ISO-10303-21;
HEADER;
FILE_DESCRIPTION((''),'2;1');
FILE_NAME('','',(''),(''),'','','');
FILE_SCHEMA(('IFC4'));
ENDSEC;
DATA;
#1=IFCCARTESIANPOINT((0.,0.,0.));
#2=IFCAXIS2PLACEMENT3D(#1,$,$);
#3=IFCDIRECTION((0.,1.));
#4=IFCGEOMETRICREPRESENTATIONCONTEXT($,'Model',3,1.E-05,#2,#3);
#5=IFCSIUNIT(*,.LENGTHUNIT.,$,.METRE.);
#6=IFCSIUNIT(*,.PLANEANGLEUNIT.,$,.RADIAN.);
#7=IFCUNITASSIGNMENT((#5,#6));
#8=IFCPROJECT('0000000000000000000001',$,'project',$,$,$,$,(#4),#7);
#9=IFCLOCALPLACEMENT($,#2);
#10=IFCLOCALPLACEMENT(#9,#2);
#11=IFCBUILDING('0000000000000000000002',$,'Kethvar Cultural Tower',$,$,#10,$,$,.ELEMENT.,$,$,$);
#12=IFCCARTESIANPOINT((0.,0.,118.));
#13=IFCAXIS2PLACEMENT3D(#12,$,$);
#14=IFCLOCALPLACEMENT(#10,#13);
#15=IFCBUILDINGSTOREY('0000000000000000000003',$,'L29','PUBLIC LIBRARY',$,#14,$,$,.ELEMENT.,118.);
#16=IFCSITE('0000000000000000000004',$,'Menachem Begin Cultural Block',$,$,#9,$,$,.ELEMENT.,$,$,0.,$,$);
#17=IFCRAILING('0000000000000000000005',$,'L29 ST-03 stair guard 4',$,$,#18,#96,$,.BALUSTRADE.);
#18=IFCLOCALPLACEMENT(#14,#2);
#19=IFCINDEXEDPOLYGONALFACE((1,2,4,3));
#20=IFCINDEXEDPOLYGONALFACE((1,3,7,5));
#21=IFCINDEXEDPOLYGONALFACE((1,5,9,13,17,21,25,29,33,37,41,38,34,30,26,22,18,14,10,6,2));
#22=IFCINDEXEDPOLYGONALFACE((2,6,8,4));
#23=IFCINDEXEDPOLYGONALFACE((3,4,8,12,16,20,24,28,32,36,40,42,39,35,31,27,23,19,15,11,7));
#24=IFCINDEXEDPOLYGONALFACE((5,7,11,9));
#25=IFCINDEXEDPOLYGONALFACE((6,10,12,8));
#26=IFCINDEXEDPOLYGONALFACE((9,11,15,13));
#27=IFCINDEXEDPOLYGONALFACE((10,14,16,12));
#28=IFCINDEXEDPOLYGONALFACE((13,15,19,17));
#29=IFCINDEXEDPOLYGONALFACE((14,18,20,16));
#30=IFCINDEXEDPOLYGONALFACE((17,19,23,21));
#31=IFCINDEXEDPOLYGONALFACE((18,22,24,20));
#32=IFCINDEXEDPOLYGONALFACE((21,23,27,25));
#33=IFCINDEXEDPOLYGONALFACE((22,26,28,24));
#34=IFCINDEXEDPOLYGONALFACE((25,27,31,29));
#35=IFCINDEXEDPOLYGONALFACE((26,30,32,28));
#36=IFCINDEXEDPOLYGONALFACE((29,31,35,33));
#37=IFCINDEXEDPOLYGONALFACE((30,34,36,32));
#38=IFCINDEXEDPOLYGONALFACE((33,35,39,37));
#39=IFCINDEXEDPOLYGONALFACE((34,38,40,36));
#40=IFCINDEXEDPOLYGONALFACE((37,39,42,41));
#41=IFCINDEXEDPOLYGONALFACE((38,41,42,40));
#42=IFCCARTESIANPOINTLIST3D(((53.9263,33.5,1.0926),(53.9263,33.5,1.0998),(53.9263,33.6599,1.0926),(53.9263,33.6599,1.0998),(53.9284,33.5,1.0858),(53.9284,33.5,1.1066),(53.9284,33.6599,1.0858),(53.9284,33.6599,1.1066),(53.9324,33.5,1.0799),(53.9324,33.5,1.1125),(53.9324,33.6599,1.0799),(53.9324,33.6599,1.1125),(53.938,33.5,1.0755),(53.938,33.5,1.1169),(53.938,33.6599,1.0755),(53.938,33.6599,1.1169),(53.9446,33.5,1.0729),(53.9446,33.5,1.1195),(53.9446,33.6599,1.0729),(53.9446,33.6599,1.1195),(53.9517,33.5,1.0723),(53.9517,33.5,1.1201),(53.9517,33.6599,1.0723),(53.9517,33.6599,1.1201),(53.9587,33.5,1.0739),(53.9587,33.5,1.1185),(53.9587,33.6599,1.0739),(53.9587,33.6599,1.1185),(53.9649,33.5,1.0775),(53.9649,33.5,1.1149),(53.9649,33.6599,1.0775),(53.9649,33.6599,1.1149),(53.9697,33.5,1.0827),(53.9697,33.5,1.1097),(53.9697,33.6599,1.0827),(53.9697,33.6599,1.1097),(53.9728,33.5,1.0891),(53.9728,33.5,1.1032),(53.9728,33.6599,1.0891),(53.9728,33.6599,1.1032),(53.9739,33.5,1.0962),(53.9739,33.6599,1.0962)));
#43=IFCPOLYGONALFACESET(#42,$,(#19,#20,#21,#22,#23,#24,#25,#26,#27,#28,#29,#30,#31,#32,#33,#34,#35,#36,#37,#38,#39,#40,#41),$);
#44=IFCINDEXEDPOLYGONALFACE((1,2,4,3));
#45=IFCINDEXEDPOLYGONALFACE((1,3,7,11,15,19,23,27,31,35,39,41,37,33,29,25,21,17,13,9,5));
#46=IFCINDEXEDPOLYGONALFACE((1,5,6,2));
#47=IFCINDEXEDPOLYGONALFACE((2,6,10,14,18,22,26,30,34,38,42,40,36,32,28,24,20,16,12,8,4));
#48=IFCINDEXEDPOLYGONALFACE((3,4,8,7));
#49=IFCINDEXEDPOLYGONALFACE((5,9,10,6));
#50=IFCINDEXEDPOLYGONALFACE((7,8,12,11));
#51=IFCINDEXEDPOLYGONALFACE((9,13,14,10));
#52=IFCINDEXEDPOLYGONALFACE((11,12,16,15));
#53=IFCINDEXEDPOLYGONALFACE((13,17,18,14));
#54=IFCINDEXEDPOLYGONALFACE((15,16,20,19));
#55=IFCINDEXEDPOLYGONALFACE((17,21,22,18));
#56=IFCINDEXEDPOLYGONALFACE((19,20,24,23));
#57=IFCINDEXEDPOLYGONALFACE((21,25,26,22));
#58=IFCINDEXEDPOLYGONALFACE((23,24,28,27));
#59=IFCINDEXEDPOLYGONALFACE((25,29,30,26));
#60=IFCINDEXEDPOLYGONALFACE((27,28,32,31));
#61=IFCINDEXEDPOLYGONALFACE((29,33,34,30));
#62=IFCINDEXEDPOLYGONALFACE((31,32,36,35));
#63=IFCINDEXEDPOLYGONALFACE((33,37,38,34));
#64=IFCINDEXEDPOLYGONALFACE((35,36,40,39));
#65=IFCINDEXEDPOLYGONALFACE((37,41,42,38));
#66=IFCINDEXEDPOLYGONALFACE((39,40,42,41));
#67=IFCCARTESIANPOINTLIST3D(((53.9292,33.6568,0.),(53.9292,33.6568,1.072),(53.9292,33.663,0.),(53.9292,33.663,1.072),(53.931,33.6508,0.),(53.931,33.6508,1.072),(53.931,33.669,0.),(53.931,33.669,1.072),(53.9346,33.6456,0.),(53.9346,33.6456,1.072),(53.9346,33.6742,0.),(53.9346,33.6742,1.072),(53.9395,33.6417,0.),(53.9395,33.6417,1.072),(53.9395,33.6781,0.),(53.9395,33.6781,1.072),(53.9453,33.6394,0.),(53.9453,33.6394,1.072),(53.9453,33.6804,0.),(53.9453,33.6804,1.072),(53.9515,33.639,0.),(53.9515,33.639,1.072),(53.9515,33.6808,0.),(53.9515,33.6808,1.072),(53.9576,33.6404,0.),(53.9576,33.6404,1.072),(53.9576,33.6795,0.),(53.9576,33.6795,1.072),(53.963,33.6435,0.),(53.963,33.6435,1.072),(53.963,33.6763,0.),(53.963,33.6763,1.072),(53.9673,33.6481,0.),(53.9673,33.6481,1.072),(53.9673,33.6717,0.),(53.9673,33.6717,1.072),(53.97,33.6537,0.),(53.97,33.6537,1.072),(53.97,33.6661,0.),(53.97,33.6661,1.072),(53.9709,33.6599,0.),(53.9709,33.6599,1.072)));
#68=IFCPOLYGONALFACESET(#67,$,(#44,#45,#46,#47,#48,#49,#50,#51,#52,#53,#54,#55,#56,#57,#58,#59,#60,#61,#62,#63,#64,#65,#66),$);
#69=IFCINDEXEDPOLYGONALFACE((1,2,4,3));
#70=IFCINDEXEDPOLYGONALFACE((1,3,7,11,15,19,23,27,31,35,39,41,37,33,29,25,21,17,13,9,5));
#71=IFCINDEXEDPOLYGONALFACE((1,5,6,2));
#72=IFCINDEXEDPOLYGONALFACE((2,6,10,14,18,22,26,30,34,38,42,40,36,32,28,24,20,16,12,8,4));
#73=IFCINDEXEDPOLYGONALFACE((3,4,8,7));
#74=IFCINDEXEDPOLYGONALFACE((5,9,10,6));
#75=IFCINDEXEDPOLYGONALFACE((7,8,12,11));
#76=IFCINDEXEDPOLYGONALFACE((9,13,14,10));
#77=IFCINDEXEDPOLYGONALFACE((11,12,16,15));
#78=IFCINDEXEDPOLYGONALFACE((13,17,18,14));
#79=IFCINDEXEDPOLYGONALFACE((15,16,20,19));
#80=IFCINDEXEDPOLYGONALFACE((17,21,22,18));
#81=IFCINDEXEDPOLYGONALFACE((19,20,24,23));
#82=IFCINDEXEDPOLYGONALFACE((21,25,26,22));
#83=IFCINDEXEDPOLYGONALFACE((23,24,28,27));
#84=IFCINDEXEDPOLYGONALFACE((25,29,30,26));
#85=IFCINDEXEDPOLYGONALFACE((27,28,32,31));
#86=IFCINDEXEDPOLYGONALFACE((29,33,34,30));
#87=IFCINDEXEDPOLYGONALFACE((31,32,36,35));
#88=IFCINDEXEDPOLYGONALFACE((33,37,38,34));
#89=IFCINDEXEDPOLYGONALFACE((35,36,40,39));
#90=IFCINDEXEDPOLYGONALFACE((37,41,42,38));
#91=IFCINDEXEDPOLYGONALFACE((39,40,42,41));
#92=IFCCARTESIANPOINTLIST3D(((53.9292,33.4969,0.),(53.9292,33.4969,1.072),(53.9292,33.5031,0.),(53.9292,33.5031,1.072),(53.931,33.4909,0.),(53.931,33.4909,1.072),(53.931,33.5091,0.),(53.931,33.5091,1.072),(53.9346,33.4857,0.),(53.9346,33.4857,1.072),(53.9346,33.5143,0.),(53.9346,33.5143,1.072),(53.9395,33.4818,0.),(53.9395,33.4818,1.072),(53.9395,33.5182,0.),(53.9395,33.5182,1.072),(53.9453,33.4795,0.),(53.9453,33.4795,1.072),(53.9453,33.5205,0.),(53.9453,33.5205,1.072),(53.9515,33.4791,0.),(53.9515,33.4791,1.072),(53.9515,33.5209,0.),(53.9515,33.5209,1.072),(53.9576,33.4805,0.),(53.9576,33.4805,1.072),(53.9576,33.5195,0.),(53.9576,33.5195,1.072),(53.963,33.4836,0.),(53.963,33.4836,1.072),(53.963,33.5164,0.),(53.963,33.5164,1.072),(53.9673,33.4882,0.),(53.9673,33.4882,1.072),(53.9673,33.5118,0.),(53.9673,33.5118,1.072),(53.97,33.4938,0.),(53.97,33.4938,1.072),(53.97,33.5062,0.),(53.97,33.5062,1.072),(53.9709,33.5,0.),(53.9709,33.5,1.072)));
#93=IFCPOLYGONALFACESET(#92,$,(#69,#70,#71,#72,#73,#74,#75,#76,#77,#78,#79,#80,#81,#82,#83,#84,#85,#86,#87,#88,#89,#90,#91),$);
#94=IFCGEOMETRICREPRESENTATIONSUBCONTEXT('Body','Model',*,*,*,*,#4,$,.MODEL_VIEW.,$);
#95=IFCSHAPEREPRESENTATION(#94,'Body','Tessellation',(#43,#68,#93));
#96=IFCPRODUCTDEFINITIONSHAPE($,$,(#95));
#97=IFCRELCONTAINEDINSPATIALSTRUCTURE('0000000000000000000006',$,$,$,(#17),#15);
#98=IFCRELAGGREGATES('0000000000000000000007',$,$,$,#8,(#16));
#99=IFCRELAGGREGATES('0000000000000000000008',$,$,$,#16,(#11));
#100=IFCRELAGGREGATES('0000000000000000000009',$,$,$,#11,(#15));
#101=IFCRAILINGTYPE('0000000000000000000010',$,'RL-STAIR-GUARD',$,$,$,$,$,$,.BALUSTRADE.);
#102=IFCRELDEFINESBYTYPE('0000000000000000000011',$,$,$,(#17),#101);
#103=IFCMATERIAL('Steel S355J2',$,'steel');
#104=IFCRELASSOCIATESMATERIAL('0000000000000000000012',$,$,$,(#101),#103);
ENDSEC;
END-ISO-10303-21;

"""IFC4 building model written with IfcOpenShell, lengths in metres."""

from ifc_helpers import new_model, si_unit, direction, frame, origin, origin_2d, place, context, subcontext, project, spatial, circle, extrude, material, type_object, element, save


model = new_model("IFC4")

# Units and contexts
model_context = context("Model", 3, precision=1e-05, world=origin(), true_north=direction((0.0, 1.0)))
body_context = subcontext(model_context, "Body", "Model", "MODEL_VIEW")
ifc_project = project(units=[si_unit("LENGTHUNIT", "METRE"), si_unit("PLANEANGLEUNIT", "RADIAN")], contexts=[model_context])

# Site, building, storey
site_placement = place(None, origin())
site = spatial("IfcSite", under=ifc_project, at=site_placement, Name="Menachem Begin Cultural Block", CompositionType="ELEMENT", RefElevation=0.0)
building_placement = place(site_placement, origin())
building = spatial("IfcBuilding", under=site, at=building_placement, Name="Kethvar Cultural Tower", CompositionType="ELEMENT")
storey_placement = place(building_placement, frame((0.0, 0.0, 118.0)))
storey = spatial("IfcBuildingStorey", under=building, at=storey_placement, Name="L29", Description="PUBLIC LIBRARY", CompositionType="ELEMENT", Elevation=118.0)

# Shared definitions
ifc_material_1 = material(Name="Steel S355J2", Category="steel")

# Railing
railing_type_1 = type_object("IfcRailingType", Name="RL-STAIR-GUARD", PredefinedType="BALUSTRADE", material=ifc_material_1)
railing_1_placement = place(storey_placement, frame((53.95, 33.6599, 0.0)))
element("IfcRailing", 1, at=railing_1_placement, inside=storey, type_object=railing_type_1, Name="L29 ST-03 stair guard 4", PredefinedType="BALUSTRADE", context=body_context, shape_type="SweptSolid", body=[
    extrude(circle(Radius=0.0239, at=origin_2d()), frame((0.0, 0.0, 1.0962), z_axis=(0.0, -1.0, 0.0), x_axis=(1.0, 0.0, 0.0)), (0.0, 0.0, 1.0), 0.1599),
    extrude(circle(Radius=0.021, at=origin_2d()), origin(), (0.0, 0.0, 1.0), 1.072),
    extrude(circle(Radius=0.021, at=origin_2d()), frame((0.0, -0.1599, 0.0)), (0.0, 0.0, 1.0), 1.072),
])

save(model, "model.ifc")
